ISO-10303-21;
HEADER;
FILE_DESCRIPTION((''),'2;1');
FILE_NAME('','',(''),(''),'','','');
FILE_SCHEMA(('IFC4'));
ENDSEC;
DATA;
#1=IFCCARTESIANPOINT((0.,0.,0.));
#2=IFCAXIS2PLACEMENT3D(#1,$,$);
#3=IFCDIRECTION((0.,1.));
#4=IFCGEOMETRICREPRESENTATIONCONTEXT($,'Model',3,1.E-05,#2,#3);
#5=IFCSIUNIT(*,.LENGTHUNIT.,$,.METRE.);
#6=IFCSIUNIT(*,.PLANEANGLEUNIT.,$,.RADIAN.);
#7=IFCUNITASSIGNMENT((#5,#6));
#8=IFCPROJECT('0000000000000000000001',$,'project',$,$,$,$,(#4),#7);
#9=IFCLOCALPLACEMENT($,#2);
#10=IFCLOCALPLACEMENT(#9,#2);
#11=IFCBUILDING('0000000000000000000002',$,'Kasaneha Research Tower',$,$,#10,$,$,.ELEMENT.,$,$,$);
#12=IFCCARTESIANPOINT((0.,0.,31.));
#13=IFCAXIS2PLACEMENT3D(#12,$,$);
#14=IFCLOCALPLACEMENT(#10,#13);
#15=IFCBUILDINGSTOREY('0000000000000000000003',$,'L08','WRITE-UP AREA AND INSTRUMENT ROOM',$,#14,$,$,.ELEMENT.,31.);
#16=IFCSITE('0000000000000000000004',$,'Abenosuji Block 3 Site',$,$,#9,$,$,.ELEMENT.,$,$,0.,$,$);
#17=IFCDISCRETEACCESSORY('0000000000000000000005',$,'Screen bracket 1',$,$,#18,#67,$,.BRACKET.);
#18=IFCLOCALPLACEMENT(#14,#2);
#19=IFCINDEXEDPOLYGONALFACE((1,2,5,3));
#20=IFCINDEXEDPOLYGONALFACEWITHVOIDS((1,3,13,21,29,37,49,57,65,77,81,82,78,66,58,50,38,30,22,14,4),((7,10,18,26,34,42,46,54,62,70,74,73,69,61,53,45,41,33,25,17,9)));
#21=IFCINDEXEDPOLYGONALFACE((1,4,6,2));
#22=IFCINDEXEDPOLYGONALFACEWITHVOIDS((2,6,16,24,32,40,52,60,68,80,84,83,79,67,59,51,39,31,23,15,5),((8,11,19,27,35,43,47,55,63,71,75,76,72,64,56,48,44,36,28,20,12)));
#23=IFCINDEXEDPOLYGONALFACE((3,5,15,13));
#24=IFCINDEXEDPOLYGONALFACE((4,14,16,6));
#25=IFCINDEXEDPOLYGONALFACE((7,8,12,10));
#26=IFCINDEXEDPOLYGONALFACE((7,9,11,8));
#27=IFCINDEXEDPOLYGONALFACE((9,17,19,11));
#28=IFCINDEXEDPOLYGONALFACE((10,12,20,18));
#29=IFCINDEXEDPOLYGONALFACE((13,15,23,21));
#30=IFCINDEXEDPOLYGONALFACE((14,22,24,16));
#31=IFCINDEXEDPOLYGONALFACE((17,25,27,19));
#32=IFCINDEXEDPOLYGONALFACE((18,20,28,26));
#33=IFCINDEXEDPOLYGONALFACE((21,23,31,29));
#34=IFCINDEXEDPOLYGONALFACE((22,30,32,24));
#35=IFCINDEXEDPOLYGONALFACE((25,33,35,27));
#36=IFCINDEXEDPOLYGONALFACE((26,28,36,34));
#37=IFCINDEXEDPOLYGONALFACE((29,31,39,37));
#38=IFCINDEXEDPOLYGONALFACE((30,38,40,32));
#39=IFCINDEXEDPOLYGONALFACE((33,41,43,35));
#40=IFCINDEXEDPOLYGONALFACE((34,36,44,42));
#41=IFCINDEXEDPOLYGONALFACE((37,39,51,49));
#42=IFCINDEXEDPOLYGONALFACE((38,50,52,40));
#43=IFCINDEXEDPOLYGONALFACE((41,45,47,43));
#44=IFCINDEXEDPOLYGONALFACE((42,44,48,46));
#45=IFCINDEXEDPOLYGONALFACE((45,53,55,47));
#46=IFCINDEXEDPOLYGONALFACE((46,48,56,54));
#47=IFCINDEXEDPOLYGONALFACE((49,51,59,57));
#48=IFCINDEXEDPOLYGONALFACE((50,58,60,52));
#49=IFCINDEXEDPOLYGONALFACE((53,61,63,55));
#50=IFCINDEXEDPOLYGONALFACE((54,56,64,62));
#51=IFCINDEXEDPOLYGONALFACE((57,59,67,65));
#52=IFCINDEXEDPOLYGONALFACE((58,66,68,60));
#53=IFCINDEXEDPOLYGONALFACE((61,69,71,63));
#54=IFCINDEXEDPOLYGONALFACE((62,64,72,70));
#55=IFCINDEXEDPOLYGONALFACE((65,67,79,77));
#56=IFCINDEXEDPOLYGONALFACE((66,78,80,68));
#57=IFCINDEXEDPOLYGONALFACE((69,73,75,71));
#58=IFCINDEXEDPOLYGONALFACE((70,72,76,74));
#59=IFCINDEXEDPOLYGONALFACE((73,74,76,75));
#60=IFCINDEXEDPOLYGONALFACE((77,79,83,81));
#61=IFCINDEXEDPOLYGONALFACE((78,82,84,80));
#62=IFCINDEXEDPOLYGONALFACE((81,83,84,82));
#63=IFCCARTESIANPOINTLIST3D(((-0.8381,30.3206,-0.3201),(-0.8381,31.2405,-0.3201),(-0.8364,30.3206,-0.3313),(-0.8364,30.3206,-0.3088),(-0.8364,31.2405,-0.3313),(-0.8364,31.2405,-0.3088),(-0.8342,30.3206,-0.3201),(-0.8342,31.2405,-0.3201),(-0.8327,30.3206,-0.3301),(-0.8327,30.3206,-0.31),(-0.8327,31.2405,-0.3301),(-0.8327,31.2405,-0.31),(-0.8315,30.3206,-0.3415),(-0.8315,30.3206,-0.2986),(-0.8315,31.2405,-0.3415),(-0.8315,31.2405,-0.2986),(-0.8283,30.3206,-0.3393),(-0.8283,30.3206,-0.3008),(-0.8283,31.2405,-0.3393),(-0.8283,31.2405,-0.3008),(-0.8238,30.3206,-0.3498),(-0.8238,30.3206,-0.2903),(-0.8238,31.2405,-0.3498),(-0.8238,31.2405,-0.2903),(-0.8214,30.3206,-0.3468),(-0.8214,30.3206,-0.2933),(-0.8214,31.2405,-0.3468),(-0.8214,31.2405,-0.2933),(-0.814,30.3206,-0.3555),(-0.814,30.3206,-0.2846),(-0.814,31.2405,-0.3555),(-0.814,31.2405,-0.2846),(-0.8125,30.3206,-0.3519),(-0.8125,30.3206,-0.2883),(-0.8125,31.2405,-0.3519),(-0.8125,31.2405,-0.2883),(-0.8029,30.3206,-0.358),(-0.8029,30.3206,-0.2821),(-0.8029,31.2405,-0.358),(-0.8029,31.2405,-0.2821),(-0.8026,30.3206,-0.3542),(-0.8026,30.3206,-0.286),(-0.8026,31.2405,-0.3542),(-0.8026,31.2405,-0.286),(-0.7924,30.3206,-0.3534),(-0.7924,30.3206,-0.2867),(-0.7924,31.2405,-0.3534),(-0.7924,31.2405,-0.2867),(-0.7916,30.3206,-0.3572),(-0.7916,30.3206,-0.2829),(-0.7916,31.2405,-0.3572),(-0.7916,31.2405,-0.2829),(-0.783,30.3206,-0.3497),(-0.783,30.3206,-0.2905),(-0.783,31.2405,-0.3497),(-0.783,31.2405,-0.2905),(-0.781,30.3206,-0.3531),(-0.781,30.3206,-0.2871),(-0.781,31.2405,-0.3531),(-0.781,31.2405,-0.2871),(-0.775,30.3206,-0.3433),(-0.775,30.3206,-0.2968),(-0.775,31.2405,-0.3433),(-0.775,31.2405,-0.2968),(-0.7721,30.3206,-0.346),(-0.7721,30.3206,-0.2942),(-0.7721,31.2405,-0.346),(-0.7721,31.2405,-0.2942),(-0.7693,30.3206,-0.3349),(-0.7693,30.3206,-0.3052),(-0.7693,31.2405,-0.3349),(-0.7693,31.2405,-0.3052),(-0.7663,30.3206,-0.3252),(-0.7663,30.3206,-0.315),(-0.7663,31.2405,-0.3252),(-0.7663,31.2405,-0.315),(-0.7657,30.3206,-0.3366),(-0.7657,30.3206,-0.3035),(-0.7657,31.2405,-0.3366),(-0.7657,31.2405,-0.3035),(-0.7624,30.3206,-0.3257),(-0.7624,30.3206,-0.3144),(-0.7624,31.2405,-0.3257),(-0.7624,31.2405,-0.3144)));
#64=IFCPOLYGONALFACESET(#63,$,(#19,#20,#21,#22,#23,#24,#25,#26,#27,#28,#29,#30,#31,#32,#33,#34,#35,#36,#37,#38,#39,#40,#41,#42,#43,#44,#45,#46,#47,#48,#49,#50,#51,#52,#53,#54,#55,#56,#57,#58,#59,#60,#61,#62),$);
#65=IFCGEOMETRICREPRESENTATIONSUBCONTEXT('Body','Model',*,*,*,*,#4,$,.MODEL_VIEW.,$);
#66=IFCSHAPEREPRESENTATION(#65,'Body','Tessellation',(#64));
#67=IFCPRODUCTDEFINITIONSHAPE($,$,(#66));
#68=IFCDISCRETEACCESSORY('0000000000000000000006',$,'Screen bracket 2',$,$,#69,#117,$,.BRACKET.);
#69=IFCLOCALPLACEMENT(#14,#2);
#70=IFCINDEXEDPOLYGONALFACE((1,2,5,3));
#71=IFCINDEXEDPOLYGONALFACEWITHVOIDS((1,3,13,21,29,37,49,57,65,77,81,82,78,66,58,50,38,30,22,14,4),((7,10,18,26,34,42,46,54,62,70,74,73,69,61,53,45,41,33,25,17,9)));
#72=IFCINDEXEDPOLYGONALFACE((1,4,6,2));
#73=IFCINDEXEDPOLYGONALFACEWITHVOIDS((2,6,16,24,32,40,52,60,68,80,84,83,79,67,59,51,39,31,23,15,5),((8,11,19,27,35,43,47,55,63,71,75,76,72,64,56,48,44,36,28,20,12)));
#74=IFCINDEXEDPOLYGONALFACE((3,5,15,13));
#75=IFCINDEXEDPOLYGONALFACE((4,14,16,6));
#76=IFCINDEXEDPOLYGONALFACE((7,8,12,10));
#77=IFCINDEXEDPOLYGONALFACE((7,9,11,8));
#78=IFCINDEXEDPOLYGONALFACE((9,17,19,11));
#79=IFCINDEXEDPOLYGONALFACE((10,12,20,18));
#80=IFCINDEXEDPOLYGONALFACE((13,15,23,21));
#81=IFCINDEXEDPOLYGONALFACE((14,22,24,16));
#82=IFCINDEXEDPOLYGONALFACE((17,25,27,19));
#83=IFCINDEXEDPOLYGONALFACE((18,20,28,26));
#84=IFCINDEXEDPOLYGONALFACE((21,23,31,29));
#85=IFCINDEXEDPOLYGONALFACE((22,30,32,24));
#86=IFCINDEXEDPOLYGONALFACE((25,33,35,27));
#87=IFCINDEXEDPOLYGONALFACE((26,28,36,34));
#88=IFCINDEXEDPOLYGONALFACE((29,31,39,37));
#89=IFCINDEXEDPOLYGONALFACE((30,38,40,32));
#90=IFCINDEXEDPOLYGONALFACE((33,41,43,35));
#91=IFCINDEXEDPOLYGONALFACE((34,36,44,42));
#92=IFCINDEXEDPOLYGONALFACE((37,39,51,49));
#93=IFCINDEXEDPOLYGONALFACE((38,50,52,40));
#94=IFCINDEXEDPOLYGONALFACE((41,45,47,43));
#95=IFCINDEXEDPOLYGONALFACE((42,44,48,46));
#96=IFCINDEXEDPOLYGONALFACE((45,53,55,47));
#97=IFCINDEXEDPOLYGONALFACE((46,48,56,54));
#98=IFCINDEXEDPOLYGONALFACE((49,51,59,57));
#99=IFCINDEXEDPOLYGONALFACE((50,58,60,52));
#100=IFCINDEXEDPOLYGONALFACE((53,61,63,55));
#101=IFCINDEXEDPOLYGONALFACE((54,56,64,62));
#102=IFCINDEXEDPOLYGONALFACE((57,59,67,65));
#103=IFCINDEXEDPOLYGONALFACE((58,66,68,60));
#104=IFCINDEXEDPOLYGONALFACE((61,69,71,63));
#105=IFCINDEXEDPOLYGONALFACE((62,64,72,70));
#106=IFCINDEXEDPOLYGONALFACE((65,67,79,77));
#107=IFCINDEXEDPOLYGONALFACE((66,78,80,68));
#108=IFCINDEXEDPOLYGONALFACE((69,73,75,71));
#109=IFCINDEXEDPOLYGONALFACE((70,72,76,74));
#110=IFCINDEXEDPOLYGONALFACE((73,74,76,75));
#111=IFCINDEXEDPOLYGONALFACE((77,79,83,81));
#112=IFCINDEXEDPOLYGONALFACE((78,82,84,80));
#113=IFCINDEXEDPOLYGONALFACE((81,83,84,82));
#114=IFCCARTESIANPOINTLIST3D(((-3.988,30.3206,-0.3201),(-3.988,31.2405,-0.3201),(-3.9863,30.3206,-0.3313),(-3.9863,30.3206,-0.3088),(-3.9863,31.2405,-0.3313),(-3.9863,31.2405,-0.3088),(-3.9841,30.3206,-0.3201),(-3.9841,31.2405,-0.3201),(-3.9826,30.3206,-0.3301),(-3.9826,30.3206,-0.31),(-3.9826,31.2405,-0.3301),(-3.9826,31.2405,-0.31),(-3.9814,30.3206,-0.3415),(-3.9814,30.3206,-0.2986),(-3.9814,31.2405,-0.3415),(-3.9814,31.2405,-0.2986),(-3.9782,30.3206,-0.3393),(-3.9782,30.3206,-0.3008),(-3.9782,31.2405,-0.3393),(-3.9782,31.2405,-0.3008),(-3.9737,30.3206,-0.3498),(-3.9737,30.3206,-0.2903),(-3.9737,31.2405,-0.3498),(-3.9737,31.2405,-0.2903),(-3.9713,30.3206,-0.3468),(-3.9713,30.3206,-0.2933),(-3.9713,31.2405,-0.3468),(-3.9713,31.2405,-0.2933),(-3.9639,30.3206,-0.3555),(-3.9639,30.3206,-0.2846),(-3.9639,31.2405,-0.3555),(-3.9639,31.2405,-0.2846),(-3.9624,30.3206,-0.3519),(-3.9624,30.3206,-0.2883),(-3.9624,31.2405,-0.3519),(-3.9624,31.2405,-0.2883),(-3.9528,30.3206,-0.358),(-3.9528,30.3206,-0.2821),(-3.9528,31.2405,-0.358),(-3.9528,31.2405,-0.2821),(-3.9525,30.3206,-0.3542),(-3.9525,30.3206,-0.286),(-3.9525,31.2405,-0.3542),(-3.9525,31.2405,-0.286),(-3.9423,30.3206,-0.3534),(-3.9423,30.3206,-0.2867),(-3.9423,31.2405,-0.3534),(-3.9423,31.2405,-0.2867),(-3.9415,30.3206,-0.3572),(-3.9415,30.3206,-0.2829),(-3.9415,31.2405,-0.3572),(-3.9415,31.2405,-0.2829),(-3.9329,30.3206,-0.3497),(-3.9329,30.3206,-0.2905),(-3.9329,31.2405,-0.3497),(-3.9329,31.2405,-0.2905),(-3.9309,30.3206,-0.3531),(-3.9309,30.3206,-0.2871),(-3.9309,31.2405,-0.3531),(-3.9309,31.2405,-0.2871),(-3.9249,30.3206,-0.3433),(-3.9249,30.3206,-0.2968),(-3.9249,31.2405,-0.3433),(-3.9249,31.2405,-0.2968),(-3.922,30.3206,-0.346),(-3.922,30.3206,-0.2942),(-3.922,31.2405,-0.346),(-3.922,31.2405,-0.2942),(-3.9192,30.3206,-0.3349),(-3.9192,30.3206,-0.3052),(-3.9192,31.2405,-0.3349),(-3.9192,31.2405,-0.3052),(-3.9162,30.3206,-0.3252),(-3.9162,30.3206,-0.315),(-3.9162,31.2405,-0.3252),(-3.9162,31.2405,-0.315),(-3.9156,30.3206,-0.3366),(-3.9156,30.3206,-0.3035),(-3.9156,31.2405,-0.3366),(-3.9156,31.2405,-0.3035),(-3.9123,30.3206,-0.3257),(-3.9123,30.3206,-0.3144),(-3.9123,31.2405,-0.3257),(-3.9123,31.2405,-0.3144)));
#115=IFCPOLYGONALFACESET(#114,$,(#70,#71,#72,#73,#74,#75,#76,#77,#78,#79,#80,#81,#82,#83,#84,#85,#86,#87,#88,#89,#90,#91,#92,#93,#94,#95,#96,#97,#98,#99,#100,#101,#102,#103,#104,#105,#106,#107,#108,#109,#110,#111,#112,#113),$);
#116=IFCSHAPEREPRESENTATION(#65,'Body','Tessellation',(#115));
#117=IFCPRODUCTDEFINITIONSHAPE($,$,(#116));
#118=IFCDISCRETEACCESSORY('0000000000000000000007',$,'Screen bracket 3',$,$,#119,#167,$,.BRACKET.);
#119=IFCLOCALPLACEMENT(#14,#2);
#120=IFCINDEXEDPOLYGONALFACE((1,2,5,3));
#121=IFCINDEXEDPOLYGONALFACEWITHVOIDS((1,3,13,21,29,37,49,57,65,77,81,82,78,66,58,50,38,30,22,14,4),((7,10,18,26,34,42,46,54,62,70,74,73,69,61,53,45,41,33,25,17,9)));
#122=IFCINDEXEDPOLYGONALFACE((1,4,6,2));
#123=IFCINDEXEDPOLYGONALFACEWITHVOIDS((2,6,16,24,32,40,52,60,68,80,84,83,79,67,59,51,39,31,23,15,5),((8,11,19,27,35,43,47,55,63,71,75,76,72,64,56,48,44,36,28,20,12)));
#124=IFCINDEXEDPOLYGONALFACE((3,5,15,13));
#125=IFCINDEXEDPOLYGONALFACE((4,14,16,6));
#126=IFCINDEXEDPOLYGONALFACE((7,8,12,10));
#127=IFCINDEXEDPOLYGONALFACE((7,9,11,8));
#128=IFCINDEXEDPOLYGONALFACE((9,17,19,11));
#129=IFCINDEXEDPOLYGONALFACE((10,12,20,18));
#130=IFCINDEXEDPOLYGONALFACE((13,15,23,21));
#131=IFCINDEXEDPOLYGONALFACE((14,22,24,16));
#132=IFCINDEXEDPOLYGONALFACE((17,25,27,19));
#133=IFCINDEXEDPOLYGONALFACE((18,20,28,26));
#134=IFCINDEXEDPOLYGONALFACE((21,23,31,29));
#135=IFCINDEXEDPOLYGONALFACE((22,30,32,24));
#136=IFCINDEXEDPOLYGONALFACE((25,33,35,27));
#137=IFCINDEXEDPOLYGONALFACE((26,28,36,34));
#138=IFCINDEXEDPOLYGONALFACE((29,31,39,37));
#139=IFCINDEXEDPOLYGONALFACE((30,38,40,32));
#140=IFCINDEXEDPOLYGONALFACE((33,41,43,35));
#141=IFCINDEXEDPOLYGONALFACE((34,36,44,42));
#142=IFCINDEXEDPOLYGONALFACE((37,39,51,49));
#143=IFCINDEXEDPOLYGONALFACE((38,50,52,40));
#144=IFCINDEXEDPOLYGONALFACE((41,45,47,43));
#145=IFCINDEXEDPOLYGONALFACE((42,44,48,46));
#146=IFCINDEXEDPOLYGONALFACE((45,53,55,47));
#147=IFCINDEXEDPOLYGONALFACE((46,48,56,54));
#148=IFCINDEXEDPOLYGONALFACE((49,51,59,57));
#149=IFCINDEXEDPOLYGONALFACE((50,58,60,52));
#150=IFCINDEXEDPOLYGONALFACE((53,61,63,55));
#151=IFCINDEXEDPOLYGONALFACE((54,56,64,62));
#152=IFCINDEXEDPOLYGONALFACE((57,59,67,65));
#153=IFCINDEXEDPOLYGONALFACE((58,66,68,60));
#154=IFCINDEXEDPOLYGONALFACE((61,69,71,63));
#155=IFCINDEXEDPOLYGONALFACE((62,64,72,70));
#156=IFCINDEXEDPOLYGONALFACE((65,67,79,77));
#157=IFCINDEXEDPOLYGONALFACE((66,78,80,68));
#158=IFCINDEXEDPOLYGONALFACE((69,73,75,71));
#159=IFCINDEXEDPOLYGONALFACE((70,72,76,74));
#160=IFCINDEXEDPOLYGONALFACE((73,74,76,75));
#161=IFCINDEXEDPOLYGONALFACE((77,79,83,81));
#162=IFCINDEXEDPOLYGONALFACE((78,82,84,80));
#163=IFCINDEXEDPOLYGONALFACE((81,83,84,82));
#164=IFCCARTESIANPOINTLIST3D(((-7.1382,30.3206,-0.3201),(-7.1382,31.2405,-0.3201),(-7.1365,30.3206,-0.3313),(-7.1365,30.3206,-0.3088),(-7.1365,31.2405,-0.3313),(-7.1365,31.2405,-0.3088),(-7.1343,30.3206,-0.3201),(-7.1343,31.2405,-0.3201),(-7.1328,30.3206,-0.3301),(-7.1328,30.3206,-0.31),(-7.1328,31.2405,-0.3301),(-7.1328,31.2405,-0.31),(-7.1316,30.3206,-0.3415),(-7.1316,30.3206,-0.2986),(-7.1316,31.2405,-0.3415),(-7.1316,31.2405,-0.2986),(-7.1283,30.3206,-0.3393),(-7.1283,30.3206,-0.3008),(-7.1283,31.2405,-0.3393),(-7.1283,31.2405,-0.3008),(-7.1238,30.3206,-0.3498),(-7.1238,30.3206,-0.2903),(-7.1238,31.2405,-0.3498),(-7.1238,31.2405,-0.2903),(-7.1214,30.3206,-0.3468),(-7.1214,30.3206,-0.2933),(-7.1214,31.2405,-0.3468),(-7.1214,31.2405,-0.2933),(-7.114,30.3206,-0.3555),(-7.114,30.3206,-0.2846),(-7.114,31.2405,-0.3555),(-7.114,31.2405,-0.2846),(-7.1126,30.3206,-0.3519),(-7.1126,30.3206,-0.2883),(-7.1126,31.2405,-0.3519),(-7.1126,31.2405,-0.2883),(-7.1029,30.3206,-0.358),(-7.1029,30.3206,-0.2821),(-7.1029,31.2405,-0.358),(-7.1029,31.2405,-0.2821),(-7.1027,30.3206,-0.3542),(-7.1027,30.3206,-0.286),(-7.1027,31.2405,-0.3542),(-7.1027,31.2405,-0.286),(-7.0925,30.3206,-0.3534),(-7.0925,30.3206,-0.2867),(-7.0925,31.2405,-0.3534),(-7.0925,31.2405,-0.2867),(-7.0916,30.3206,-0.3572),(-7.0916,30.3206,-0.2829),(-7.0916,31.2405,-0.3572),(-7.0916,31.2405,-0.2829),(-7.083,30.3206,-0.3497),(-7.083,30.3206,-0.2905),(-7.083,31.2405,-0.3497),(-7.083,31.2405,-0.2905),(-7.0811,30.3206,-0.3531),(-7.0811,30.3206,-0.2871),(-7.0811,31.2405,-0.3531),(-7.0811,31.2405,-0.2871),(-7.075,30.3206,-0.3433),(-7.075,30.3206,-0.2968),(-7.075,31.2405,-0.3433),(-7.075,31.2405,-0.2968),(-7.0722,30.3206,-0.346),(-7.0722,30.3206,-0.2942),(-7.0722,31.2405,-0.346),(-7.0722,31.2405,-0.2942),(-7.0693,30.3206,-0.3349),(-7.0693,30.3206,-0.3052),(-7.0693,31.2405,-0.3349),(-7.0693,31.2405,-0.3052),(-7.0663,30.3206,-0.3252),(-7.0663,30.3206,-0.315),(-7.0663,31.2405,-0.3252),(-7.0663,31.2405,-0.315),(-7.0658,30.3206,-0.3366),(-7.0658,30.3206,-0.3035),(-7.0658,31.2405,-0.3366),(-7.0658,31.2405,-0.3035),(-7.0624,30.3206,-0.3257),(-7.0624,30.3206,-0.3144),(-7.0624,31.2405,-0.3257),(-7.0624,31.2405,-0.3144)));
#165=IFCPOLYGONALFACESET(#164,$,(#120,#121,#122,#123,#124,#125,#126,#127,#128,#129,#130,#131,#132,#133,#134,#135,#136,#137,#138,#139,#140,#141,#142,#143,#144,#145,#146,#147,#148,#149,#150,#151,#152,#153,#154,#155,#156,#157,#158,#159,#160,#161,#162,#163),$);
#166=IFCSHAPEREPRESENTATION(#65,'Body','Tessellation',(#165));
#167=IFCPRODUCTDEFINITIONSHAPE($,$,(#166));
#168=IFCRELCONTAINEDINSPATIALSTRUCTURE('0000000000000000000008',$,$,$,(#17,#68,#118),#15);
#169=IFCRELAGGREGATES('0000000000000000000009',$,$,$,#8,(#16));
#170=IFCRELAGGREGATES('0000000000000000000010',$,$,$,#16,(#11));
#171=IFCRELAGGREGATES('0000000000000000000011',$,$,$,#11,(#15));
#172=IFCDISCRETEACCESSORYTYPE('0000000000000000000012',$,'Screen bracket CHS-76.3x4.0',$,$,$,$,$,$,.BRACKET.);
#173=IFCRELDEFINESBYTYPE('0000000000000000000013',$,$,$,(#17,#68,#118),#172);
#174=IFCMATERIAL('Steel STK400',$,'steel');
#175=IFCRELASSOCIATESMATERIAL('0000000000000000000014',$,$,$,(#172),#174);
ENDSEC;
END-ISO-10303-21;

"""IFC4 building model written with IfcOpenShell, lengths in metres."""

from ifc_helpers import new_model, si_unit, direction, frame, origin, origin_2d, place, context, subcontext, project, spatial, hollow_circle, extrude, material, material_profile, profile_set, type_object, element, save


model = new_model("IFC4")

# Units and contexts
model_context = context("Model", 3, precision=1e-05, world=origin(), true_north=direction((0.0, 1.0)))
body_context = subcontext(model_context, "Body", "Model", "MODEL_VIEW")
ifc_project = project(units=[si_unit("LENGTHUNIT", "METRE"), si_unit("PLANEANGLEUNIT", "RADIAN")], contexts=[model_context])

# Site, building, storey
site_placement = place(None, origin())
site = spatial("IfcSite", under=ifc_project, at=site_placement, Name="Abenosuji Block 3 Site", CompositionType="ELEMENT", RefElevation=0.0)
building_placement = place(site_placement, origin())
building = spatial("IfcBuilding", under=site, at=building_placement, Name="Kasaneha Research Tower", CompositionType="ELEMENT")
storey_placement = place(building_placement, frame((0.0, 0.0, 31.0)))
storey = spatial("IfcBuildingStorey", under=building, at=storey_placement, Name="L08", Description="WRITE-UP AREA AND INSTRUMENT ROOM", CompositionType="ELEMENT", Elevation=31.0)

# Discrete accessories
ifc_material_1 = material(Name="Steel STK400", Category="steel")
ifc_material_profile_1 = material_profile(ifc_material_1, hollow_circle(Radius=0.0381, WallThickness=0.0039, at=origin_2d()), Name="CHS-76.3x4.0")
ifc_profile_set_1 = profile_set([ifc_material_profile_1], Name="Steel STK400")
discrete_accessory_type = type_object("IfcDiscreteAccessoryType", Name="Screen bracket CHS-76.3x4.0", PredefinedType="BRACKET", material=ifc_profile_set_1)
for number, where, z_axis, x_axis, name in (
    (1, (-0.8, 30.3206, -0.3201), (0.0, 1.0, 0.0), (-1.0, 0.0, 0.0), "Screen bracket 1"),
    (2, (-3.95, 30.3206, -0.3201), (0.0, 1.0, 0.0), (-1.0, 0.0, 0.0), "Screen bracket 2"),
    (3, (-7.1001, 30.3206, -0.3201), (0.0, 1.0, 0.0), (-1.0, 0.0, 0.0), "Screen bracket 3"),
):
    element("IfcDiscreteAccessory", number, at=place(storey_placement, frame(where, z_axis=z_axis, x_axis=x_axis)), inside=storey, type_object=discrete_accessory_type, Name=name, PredefinedType="BRACKET", context=body_context, shape_type="SweptSolid", body=[
        extrude(hollow_circle(Radius=0.0381, WallThickness=0.0039, at=origin_2d()), origin(), (0.0, 0.0, 1.0), 0.9199),
    ])

save(model, "model.ifc")
